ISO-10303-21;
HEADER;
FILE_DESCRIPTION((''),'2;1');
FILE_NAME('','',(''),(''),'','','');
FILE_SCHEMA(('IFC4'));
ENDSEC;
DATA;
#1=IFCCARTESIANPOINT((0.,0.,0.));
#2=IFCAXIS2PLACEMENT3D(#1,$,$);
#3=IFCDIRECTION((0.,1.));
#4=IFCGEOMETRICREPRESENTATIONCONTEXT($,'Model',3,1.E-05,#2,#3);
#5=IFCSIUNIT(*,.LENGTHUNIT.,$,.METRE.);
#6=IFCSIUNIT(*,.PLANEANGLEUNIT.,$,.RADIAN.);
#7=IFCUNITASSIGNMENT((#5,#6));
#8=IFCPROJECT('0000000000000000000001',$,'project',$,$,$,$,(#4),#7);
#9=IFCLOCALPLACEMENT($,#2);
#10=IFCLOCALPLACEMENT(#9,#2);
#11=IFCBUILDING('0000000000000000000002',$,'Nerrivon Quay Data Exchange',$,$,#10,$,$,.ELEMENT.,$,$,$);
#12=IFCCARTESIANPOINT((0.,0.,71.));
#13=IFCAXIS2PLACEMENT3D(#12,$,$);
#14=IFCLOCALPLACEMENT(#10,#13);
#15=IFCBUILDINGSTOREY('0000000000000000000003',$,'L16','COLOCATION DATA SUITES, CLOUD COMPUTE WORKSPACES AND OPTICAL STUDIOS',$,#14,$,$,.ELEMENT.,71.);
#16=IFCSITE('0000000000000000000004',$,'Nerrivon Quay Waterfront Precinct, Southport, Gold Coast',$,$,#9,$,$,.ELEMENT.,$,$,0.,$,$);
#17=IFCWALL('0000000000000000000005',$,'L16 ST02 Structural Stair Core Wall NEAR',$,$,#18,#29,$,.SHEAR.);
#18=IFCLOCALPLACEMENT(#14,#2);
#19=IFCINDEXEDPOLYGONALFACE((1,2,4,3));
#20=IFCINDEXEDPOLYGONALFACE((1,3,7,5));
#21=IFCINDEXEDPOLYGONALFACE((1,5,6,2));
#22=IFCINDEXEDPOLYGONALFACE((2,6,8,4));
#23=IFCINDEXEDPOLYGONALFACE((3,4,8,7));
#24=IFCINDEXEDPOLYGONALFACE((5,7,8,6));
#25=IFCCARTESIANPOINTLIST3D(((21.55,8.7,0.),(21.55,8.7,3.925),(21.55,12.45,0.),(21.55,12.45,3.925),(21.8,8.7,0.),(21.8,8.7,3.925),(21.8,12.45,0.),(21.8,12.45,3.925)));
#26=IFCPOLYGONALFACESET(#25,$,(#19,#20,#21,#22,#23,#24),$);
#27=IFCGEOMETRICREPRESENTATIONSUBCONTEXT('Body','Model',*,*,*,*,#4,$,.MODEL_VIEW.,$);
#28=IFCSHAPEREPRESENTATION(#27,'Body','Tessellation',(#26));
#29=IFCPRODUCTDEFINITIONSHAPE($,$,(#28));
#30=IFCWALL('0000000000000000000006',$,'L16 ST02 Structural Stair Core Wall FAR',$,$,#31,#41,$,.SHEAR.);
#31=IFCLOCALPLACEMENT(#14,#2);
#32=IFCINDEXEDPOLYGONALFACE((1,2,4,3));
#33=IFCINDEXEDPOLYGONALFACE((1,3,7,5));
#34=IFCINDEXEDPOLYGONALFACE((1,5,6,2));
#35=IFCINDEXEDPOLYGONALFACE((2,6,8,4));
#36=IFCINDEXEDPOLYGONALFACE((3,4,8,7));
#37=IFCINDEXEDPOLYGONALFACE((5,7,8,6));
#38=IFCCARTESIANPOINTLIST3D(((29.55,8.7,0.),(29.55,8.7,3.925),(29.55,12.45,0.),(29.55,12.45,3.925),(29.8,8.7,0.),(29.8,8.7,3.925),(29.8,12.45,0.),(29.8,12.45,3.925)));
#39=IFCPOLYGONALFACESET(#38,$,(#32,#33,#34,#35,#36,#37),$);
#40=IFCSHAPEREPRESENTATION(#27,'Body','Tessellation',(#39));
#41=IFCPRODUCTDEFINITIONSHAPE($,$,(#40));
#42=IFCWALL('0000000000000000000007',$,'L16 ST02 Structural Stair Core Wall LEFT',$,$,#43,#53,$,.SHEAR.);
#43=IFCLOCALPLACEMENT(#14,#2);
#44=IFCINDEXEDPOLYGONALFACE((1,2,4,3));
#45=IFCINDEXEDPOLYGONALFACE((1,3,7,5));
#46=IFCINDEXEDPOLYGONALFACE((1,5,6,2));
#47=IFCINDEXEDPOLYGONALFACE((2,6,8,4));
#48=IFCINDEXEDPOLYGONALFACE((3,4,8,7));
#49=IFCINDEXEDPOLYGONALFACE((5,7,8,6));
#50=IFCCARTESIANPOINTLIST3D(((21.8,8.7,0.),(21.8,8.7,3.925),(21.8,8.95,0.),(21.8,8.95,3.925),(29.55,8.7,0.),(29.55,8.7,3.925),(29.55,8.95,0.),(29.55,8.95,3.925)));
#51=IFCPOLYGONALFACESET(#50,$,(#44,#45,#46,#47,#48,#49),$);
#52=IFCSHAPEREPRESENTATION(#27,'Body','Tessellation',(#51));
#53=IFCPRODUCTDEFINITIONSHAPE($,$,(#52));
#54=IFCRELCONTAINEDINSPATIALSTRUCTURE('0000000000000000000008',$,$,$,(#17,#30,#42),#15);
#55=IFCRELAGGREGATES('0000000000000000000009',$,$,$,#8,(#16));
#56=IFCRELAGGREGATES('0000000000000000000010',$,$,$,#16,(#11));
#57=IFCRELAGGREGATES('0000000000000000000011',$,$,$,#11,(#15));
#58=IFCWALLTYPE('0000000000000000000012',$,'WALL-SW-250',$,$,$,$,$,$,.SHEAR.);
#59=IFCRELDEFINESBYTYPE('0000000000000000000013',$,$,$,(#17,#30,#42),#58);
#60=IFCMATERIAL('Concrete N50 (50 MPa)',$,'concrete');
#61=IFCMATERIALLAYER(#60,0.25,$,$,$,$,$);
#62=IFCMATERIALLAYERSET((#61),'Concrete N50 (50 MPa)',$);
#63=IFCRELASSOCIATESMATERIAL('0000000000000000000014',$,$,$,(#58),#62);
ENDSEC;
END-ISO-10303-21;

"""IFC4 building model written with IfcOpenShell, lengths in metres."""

from ifc_helpers import new_model, si_unit, direction, frame, frame_2d, origin, place, context, subcontext, project, spatial, rectangle, extrude, material, layer, layer_set, type_object, element, save


model = new_model("IFC4")

# Units and contexts
model_context = context("Model", 3, precision=1e-05, world=origin(), true_north=direction((0.0, 1.0)))
body_context = subcontext(model_context, "Body", "Model", "MODEL_VIEW")
ifc_project = project(units=[si_unit("LENGTHUNIT", "METRE"), si_unit("PLANEANGLEUNIT", "RADIAN")], contexts=[model_context])

# Site, building, storey
site_placement = place(None, origin())
site = spatial("IfcSite", under=ifc_project, at=site_placement, Name="Nerrivon Quay Waterfront Precinct, Southport, Gold Coast", CompositionType="ELEMENT", RefElevation=0.0)
building_placement = place(site_placement, origin())
building = spatial("IfcBuilding", under=site, at=building_placement, Name="Nerrivon Quay Data Exchange", CompositionType="ELEMENT")
storey_placement = place(building_placement, frame((0.0, 0.0, 71.0)))
storey = spatial("IfcBuildingStorey", under=building, at=storey_placement, Name="L16", Description="COLOCATION DATA SUITES, CLOUD COMPUTE WORKSPACES AND OPTICAL STUDIOS", CompositionType="ELEMENT", Elevation=71.0)

# Shared definitions
ifc_material_1 = material(Name="Concrete N50 (50 MPa)", Category="concrete")

# Walls
ifc_layer_1 = layer(ifc_material_1, 0.25)
ifc_layer_set_1 = layer_set([ifc_layer_1], Name="Concrete N50 (50 MPa)")
wall_type_1 = type_object("IfcWallType", Name="WALL-SW-250", PredefinedType="SHEAR", material=ifc_layer_set_1)
for number, where, z_axis, x_axis, name in (
    (1, (21.675, 8.7, 0.0), (0.0, 0.0, 1.0), (0.0, 1.0, 0.0), "L16 ST02 Structural Stair Core Wall NEAR"),
    (2, (29.675, 8.7, 0.0), (0.0, 0.0, 1.0), (0.0, 1.0, 0.0), "L16 ST02 Structural Stair Core Wall FAR"),
):
    element("IfcWall", number, at=place(storey_placement, frame(where, z_axis=z_axis, x_axis=x_axis)), inside=storey, type_object=wall_type_1, Name=name, PredefinedType="SHEAR", context=body_context, shape_type="SweptSolid", body=[
        extrude(rectangle(XDim=3.75, YDim=0.25, at=frame_2d((1.875, 0.0))), origin(), (0.0, 0.0, 1.0), 3.925),
    ])
wall_1_placement = place(storey_placement, frame((21.8, 8.825, 0.0), z_axis=(0.0, 0.0, 1.0), x_axis=(1.0, 0.0, 0.0)))
element("IfcWall", 3, at=wall_1_placement, inside=storey, type_object=wall_type_1, Name="L16 ST02 Structural Stair Core Wall LEFT", PredefinedType="SHEAR", context=body_context, shape_type="SweptSolid", body=[
    extrude(rectangle(XDim=7.75, YDim=0.25, at=frame_2d((3.875, 0.0))), origin(), (0.0, 0.0, 1.0), 3.925),
])

save(model, "model.ifc")
